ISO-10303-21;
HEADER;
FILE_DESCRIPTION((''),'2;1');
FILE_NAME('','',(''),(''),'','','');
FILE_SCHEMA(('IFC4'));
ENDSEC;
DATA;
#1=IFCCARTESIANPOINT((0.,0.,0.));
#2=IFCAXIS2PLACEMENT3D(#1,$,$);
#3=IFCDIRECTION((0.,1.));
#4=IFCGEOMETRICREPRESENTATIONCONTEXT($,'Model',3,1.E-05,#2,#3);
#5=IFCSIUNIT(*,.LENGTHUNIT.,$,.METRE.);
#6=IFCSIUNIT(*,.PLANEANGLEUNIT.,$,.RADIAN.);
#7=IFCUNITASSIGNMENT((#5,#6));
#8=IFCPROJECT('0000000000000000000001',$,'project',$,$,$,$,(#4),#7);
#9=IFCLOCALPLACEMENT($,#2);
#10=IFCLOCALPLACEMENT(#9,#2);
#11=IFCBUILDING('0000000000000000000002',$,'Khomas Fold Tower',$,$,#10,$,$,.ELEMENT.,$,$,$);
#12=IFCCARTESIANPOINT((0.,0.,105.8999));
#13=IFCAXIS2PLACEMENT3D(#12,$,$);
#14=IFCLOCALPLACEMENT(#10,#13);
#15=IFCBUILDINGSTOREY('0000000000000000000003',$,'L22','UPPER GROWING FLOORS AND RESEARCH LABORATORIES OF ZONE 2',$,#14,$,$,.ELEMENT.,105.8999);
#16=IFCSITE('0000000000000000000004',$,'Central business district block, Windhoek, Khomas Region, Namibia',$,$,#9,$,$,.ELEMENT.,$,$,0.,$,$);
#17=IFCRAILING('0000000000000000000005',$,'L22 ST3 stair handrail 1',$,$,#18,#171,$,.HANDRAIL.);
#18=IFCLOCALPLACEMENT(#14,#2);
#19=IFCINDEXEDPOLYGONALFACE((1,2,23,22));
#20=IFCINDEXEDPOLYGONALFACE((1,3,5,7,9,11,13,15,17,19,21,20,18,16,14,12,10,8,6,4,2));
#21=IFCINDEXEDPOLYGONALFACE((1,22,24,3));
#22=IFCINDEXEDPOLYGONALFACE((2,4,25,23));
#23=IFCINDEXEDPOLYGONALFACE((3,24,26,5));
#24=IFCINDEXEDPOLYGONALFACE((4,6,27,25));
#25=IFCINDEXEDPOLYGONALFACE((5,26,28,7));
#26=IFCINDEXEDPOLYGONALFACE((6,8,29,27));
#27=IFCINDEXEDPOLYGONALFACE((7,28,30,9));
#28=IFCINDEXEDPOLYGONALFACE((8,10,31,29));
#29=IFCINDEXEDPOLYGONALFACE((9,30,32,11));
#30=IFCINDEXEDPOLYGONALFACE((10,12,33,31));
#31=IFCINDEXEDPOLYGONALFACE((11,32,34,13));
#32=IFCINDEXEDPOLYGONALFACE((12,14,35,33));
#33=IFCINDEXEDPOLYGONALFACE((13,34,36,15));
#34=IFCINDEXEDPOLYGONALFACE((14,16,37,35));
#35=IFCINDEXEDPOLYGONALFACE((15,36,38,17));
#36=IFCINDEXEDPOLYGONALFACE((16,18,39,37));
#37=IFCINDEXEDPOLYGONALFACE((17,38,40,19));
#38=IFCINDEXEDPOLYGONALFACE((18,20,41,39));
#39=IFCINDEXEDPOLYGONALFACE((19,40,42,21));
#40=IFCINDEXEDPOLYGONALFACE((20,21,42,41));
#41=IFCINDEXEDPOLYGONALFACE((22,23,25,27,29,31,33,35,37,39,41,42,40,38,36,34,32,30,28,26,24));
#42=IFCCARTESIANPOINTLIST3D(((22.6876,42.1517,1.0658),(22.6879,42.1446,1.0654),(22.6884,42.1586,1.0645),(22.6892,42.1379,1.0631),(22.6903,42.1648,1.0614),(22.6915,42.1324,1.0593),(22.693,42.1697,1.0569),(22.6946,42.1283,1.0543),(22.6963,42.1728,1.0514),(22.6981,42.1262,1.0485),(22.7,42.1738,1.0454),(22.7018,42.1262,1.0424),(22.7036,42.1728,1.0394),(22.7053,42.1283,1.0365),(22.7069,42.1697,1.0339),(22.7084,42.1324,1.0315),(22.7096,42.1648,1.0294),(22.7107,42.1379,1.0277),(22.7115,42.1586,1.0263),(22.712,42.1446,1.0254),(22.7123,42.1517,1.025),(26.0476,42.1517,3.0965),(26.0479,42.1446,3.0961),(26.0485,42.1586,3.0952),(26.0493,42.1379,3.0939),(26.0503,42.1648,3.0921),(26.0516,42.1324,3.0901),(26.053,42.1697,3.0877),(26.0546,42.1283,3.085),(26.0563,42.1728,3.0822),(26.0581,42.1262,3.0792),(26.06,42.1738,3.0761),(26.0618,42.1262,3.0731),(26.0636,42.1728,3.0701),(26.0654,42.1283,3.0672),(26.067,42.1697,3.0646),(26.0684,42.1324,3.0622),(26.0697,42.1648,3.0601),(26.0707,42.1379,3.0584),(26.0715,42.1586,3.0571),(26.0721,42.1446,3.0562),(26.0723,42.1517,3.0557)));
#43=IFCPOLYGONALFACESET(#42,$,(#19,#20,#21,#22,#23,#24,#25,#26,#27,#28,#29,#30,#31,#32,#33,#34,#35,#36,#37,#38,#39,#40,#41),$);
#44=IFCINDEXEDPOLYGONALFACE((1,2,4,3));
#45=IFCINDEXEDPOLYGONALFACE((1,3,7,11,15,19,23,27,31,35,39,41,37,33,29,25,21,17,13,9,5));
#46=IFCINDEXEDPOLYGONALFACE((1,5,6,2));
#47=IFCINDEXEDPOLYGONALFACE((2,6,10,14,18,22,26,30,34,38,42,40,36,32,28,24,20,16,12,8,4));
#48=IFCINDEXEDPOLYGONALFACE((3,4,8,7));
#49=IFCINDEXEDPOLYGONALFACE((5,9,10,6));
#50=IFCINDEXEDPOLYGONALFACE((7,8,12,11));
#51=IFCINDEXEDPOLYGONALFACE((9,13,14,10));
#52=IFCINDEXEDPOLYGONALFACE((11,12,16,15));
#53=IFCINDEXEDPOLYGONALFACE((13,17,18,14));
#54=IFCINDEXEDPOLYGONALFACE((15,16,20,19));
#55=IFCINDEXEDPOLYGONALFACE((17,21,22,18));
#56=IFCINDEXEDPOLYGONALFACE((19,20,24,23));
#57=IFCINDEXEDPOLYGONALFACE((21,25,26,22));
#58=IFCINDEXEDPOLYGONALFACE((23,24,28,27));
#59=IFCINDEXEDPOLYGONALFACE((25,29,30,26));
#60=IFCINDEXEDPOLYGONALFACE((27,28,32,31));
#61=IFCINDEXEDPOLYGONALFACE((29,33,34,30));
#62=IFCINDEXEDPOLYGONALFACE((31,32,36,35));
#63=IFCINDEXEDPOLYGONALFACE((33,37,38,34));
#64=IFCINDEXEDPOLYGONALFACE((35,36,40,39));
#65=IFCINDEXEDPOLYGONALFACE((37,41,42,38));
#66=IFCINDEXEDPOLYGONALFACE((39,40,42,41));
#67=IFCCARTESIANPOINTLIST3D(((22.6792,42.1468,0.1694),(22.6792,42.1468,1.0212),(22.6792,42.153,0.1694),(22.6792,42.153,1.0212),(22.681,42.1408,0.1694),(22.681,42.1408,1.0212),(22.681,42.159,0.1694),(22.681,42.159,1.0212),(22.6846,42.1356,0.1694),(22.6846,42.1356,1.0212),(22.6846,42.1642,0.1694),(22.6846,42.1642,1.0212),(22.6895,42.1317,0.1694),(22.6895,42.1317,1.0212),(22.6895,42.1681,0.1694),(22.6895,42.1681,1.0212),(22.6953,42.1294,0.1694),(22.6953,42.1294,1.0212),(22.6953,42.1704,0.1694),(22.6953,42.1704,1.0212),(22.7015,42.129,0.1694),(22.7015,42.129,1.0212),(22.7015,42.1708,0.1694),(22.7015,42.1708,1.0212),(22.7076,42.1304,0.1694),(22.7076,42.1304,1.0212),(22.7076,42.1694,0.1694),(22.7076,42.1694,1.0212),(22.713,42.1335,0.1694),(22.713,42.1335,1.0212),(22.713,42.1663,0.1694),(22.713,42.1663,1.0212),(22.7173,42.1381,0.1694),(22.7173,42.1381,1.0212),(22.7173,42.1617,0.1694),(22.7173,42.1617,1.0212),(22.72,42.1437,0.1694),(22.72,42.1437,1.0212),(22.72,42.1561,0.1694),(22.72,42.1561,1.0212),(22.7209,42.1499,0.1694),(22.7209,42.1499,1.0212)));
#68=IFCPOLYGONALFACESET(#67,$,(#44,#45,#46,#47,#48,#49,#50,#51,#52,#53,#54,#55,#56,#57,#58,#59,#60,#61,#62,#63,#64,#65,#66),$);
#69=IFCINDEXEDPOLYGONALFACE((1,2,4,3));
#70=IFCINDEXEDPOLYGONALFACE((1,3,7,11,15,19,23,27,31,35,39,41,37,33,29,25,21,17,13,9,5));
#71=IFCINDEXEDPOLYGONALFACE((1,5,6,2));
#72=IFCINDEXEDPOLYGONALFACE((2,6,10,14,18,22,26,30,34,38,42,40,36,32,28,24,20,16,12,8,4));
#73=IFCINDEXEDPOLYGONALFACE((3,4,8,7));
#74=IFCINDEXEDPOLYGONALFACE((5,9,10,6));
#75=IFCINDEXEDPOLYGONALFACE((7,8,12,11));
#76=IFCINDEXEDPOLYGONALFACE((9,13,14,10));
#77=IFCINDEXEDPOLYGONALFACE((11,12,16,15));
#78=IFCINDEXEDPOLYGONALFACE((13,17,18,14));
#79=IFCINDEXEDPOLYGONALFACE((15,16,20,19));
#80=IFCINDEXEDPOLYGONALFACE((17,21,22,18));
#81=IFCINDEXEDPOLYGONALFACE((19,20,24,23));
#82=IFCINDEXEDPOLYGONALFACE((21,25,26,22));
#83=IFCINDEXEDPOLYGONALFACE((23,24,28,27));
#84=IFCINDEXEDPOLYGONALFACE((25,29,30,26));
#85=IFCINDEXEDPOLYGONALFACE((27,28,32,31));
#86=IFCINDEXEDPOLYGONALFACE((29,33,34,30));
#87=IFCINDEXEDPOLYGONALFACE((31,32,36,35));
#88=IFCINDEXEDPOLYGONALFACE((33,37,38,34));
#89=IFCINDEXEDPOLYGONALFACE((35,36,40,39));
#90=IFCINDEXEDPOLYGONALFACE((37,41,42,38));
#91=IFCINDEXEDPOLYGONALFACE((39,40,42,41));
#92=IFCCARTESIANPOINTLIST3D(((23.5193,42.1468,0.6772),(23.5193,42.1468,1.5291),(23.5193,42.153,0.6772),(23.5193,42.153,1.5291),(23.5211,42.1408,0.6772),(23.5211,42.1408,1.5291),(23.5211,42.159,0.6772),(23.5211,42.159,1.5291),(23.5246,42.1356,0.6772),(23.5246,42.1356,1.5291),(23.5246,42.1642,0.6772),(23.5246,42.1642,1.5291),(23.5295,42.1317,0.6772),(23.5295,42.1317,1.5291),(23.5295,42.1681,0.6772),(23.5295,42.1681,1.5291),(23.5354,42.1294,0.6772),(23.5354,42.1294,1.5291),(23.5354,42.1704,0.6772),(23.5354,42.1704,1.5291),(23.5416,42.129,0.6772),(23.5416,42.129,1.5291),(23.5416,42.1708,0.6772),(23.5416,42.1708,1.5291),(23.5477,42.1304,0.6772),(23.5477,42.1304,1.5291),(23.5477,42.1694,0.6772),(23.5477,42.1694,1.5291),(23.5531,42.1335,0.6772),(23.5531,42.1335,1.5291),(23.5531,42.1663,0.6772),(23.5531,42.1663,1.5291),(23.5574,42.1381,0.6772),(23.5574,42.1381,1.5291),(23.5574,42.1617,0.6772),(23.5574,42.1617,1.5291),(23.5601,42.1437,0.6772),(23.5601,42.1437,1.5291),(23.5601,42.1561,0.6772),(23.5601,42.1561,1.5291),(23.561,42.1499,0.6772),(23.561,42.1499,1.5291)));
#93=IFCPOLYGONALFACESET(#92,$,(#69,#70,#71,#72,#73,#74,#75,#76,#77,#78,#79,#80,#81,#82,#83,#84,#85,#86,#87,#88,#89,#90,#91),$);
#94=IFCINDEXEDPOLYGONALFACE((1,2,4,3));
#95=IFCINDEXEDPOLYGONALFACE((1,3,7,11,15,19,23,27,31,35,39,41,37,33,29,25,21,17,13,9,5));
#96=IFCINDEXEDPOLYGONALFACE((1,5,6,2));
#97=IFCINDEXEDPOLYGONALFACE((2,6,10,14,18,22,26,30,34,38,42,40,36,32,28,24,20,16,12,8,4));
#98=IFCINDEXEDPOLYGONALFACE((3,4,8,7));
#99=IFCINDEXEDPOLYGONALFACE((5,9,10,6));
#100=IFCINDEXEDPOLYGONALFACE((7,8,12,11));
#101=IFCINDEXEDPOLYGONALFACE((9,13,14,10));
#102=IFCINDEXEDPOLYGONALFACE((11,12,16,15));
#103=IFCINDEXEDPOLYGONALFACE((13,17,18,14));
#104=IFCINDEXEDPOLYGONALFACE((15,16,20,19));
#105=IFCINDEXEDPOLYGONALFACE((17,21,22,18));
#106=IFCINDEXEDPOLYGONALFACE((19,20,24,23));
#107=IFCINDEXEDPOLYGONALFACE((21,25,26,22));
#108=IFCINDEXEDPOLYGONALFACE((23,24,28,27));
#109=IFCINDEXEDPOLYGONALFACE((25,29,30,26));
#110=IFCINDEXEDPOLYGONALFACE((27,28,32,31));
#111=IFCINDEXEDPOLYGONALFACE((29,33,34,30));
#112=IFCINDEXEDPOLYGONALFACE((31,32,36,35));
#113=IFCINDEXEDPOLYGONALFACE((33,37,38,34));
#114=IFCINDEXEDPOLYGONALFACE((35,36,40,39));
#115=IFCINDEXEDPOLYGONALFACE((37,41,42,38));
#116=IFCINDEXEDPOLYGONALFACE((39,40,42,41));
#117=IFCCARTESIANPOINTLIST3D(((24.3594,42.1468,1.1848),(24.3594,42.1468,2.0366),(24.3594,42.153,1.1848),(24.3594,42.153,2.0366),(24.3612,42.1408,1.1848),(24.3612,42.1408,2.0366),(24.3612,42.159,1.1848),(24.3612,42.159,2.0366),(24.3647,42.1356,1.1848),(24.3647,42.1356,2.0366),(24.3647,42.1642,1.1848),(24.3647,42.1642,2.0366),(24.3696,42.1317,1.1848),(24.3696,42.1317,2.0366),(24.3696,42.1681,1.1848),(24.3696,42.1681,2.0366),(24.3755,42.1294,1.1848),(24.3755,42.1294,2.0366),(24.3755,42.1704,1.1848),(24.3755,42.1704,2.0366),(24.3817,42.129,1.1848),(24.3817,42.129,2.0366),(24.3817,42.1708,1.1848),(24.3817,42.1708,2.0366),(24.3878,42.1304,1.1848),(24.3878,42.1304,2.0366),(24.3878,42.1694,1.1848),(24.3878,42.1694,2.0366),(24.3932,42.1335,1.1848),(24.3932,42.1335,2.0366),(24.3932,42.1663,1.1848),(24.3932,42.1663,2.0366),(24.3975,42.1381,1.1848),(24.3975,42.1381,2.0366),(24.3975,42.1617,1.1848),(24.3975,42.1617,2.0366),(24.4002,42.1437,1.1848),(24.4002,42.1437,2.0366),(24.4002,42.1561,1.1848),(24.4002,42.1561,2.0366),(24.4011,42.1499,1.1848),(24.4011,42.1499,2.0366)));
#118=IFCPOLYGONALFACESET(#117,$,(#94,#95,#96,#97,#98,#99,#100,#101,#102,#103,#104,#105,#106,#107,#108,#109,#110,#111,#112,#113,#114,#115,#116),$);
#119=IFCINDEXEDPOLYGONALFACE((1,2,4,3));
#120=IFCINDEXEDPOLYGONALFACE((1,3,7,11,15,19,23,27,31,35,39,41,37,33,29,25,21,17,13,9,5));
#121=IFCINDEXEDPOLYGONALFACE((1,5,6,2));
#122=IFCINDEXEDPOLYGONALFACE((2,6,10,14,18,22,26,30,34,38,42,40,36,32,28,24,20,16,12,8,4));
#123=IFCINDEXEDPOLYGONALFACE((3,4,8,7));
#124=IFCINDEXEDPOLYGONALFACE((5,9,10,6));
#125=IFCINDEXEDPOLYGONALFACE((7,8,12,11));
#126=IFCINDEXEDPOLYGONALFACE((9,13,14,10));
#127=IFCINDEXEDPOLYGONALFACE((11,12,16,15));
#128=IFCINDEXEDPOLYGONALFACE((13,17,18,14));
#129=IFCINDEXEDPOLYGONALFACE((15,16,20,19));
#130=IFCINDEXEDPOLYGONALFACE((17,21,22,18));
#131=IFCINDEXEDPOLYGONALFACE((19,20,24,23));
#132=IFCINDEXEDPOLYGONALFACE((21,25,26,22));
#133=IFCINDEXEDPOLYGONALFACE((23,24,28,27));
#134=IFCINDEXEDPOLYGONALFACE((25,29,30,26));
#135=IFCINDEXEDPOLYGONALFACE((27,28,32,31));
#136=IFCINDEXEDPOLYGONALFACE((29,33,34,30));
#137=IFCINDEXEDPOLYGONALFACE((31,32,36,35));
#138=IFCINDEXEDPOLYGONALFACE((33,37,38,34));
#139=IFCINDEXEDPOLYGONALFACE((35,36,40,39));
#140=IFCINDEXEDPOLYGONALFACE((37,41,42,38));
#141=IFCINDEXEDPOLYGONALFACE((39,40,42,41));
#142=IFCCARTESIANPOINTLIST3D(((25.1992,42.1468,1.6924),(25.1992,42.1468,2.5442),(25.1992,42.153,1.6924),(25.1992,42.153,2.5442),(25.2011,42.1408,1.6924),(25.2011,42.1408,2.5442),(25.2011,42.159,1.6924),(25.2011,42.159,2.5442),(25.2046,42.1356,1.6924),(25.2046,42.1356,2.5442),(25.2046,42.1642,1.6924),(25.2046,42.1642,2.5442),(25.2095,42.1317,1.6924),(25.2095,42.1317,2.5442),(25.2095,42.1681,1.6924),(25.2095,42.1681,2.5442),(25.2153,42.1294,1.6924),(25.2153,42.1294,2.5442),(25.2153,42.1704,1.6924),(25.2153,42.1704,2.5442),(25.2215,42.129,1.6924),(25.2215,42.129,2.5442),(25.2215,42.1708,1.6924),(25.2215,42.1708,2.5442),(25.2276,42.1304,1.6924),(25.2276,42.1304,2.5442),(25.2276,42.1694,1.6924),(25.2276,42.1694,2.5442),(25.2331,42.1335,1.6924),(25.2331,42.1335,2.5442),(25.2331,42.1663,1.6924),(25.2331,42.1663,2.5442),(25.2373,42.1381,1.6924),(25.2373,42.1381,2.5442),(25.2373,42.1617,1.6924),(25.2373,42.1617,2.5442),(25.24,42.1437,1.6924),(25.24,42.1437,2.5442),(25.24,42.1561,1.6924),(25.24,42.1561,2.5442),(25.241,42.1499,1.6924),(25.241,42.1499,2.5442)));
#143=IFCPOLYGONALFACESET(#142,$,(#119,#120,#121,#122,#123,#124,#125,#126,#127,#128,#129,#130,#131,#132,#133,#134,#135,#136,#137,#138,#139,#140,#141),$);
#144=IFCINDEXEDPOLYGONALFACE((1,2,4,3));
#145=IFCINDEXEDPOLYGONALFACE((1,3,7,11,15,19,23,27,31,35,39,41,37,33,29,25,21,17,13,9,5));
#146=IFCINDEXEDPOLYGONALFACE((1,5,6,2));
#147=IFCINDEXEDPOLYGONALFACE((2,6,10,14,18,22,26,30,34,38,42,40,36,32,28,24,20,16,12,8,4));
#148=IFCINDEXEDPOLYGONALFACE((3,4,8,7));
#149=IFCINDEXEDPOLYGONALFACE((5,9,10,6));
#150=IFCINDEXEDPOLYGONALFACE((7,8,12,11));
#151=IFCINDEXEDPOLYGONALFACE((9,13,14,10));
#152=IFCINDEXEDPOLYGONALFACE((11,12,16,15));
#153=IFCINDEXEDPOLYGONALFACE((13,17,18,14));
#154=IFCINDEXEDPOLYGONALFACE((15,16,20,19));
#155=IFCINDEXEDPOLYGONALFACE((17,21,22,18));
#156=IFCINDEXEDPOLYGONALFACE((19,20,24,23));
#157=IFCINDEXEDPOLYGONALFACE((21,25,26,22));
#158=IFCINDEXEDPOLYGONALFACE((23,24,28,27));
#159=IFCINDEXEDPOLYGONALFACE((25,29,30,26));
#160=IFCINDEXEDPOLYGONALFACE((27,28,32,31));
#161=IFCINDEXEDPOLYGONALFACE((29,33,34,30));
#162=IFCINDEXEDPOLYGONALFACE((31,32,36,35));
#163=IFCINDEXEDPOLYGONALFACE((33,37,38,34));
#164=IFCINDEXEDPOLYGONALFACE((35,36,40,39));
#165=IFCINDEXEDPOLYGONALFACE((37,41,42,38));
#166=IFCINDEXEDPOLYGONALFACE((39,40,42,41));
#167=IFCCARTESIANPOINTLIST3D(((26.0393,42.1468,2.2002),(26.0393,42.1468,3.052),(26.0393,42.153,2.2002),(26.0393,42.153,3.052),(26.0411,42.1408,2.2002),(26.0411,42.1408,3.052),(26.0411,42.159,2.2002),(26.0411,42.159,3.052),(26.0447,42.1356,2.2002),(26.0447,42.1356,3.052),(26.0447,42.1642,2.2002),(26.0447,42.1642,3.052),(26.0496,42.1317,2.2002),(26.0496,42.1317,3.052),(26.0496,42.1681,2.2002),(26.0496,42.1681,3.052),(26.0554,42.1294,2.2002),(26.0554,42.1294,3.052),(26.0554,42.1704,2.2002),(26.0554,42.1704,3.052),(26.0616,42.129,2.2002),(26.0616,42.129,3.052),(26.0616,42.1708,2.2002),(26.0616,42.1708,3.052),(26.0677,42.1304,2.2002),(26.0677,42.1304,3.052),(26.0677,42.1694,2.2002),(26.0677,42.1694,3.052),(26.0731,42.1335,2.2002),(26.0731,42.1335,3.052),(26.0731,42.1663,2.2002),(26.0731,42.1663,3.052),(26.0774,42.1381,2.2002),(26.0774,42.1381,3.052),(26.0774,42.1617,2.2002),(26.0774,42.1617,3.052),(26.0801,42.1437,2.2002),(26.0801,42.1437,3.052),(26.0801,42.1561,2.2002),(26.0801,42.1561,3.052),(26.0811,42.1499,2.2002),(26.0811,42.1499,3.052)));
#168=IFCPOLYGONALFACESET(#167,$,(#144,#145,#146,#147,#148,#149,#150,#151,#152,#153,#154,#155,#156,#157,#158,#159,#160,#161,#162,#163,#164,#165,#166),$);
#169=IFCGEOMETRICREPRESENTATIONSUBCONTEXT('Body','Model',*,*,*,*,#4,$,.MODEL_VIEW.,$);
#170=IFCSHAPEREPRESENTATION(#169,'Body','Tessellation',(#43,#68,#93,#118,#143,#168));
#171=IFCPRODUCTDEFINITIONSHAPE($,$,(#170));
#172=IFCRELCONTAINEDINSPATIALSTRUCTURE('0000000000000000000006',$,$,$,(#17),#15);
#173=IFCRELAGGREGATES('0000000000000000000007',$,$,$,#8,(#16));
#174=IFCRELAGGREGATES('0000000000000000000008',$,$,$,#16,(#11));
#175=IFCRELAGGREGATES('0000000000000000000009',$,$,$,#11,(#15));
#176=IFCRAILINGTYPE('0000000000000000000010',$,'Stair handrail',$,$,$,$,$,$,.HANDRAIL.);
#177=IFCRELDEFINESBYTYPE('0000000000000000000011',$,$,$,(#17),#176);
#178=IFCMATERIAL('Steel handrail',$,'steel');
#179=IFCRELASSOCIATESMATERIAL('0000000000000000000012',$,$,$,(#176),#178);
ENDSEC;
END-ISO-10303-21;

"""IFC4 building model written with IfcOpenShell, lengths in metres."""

from ifc_helpers import new_model, si_unit, direction, frame, origin, origin_2d, place, context, subcontext, project, spatial, circle, extrude, source, transform, mapped, material, type_object, element, save


model = new_model("IFC4")

# Units and contexts
model_context = context("Model", 3, precision=1e-05, world=origin(), true_north=direction((0.0, 1.0)))
body_context = subcontext(model_context, "Body", "Model", "MODEL_VIEW")
ifc_project = project(units=[si_unit("LENGTHUNIT", "METRE"), si_unit("PLANEANGLEUNIT", "RADIAN")], contexts=[model_context])

# Site, building, storey
site_placement = place(None, origin())
site = spatial("IfcSite", under=ifc_project, at=site_placement, Name="Central business district block, Windhoek, Khomas Region, Namibia", CompositionType="ELEMENT", RefElevation=0.0)
building_placement = place(site_placement, origin())
building = spatial("IfcBuilding", under=site, at=building_placement, Name="Khomas Fold Tower", CompositionType="ELEMENT")
storey_placement = place(building_placement, frame((0.0, 0.0, 105.8999)))
storey = spatial("IfcBuildingStorey", under=building, at=storey_placement, Name="L22", Description="UPPER GROWING FLOORS AND RESEARCH LABORATORIES OF ZONE 2", CompositionType="ELEMENT", Elevation=105.8999)

# Railing
ifc_material_1 = material(Name="Steel handrail", Category="steel")
railing_type = type_object("IfcRailingType", Name="Stair handrail", PredefinedType="HANDRAIL", material=ifc_material_1)
shared_shape_1 = source(origin(), body_context, "Body", "SweptSolid", [
    extrude(circle(Radius=0.0239, at=origin_2d()), frame((0.0, 0.0, 0.876), z_axis=(0.855837, 0.0, 0.517246), x_axis=(0.0, 1.0, 0.0)), (0.0, 0.0, 1.0), 3.926),
    extrude(circle(Radius=0.021, at=origin_2d()), origin(), (0.0, 0.0, 1.0), 0.8518),
    extrude(circle(Radius=0.021, at=origin_2d()), frame((0.8401, 0.0, 0.5078)), (0.0, 0.0, 1.0), 0.8518),
    extrude(circle(Radius=0.021, at=origin_2d()), frame((1.6802, 0.0, 1.0154)), (0.0, 0.0, 1.0), 0.8518),
    extrude(circle(Radius=0.021, at=origin_2d()), frame((2.52, 0.0, 1.5229)), (0.0, 0.0, 1.0), 0.8518),
    extrude(circle(Radius=0.021, at=origin_2d()), frame((3.3601, 0.0, 2.0308)), (0.0, 0.0, 1.0), 0.8518),
])
railing_placement = place(storey_placement, frame((22.7, 42.1499, 0.1694)))
element("IfcRailing", 1, at=railing_placement, inside=storey, type_object=railing_type, Name="L22 ST3 stair handrail 1", PredefinedType="HANDRAIL", context=body_context, shape_type="MappedRepresentation", body=[
    mapped(shared_shape_1, transform((0.0, 0.0, 0.0))),
])

save(model, "model.ifc")
